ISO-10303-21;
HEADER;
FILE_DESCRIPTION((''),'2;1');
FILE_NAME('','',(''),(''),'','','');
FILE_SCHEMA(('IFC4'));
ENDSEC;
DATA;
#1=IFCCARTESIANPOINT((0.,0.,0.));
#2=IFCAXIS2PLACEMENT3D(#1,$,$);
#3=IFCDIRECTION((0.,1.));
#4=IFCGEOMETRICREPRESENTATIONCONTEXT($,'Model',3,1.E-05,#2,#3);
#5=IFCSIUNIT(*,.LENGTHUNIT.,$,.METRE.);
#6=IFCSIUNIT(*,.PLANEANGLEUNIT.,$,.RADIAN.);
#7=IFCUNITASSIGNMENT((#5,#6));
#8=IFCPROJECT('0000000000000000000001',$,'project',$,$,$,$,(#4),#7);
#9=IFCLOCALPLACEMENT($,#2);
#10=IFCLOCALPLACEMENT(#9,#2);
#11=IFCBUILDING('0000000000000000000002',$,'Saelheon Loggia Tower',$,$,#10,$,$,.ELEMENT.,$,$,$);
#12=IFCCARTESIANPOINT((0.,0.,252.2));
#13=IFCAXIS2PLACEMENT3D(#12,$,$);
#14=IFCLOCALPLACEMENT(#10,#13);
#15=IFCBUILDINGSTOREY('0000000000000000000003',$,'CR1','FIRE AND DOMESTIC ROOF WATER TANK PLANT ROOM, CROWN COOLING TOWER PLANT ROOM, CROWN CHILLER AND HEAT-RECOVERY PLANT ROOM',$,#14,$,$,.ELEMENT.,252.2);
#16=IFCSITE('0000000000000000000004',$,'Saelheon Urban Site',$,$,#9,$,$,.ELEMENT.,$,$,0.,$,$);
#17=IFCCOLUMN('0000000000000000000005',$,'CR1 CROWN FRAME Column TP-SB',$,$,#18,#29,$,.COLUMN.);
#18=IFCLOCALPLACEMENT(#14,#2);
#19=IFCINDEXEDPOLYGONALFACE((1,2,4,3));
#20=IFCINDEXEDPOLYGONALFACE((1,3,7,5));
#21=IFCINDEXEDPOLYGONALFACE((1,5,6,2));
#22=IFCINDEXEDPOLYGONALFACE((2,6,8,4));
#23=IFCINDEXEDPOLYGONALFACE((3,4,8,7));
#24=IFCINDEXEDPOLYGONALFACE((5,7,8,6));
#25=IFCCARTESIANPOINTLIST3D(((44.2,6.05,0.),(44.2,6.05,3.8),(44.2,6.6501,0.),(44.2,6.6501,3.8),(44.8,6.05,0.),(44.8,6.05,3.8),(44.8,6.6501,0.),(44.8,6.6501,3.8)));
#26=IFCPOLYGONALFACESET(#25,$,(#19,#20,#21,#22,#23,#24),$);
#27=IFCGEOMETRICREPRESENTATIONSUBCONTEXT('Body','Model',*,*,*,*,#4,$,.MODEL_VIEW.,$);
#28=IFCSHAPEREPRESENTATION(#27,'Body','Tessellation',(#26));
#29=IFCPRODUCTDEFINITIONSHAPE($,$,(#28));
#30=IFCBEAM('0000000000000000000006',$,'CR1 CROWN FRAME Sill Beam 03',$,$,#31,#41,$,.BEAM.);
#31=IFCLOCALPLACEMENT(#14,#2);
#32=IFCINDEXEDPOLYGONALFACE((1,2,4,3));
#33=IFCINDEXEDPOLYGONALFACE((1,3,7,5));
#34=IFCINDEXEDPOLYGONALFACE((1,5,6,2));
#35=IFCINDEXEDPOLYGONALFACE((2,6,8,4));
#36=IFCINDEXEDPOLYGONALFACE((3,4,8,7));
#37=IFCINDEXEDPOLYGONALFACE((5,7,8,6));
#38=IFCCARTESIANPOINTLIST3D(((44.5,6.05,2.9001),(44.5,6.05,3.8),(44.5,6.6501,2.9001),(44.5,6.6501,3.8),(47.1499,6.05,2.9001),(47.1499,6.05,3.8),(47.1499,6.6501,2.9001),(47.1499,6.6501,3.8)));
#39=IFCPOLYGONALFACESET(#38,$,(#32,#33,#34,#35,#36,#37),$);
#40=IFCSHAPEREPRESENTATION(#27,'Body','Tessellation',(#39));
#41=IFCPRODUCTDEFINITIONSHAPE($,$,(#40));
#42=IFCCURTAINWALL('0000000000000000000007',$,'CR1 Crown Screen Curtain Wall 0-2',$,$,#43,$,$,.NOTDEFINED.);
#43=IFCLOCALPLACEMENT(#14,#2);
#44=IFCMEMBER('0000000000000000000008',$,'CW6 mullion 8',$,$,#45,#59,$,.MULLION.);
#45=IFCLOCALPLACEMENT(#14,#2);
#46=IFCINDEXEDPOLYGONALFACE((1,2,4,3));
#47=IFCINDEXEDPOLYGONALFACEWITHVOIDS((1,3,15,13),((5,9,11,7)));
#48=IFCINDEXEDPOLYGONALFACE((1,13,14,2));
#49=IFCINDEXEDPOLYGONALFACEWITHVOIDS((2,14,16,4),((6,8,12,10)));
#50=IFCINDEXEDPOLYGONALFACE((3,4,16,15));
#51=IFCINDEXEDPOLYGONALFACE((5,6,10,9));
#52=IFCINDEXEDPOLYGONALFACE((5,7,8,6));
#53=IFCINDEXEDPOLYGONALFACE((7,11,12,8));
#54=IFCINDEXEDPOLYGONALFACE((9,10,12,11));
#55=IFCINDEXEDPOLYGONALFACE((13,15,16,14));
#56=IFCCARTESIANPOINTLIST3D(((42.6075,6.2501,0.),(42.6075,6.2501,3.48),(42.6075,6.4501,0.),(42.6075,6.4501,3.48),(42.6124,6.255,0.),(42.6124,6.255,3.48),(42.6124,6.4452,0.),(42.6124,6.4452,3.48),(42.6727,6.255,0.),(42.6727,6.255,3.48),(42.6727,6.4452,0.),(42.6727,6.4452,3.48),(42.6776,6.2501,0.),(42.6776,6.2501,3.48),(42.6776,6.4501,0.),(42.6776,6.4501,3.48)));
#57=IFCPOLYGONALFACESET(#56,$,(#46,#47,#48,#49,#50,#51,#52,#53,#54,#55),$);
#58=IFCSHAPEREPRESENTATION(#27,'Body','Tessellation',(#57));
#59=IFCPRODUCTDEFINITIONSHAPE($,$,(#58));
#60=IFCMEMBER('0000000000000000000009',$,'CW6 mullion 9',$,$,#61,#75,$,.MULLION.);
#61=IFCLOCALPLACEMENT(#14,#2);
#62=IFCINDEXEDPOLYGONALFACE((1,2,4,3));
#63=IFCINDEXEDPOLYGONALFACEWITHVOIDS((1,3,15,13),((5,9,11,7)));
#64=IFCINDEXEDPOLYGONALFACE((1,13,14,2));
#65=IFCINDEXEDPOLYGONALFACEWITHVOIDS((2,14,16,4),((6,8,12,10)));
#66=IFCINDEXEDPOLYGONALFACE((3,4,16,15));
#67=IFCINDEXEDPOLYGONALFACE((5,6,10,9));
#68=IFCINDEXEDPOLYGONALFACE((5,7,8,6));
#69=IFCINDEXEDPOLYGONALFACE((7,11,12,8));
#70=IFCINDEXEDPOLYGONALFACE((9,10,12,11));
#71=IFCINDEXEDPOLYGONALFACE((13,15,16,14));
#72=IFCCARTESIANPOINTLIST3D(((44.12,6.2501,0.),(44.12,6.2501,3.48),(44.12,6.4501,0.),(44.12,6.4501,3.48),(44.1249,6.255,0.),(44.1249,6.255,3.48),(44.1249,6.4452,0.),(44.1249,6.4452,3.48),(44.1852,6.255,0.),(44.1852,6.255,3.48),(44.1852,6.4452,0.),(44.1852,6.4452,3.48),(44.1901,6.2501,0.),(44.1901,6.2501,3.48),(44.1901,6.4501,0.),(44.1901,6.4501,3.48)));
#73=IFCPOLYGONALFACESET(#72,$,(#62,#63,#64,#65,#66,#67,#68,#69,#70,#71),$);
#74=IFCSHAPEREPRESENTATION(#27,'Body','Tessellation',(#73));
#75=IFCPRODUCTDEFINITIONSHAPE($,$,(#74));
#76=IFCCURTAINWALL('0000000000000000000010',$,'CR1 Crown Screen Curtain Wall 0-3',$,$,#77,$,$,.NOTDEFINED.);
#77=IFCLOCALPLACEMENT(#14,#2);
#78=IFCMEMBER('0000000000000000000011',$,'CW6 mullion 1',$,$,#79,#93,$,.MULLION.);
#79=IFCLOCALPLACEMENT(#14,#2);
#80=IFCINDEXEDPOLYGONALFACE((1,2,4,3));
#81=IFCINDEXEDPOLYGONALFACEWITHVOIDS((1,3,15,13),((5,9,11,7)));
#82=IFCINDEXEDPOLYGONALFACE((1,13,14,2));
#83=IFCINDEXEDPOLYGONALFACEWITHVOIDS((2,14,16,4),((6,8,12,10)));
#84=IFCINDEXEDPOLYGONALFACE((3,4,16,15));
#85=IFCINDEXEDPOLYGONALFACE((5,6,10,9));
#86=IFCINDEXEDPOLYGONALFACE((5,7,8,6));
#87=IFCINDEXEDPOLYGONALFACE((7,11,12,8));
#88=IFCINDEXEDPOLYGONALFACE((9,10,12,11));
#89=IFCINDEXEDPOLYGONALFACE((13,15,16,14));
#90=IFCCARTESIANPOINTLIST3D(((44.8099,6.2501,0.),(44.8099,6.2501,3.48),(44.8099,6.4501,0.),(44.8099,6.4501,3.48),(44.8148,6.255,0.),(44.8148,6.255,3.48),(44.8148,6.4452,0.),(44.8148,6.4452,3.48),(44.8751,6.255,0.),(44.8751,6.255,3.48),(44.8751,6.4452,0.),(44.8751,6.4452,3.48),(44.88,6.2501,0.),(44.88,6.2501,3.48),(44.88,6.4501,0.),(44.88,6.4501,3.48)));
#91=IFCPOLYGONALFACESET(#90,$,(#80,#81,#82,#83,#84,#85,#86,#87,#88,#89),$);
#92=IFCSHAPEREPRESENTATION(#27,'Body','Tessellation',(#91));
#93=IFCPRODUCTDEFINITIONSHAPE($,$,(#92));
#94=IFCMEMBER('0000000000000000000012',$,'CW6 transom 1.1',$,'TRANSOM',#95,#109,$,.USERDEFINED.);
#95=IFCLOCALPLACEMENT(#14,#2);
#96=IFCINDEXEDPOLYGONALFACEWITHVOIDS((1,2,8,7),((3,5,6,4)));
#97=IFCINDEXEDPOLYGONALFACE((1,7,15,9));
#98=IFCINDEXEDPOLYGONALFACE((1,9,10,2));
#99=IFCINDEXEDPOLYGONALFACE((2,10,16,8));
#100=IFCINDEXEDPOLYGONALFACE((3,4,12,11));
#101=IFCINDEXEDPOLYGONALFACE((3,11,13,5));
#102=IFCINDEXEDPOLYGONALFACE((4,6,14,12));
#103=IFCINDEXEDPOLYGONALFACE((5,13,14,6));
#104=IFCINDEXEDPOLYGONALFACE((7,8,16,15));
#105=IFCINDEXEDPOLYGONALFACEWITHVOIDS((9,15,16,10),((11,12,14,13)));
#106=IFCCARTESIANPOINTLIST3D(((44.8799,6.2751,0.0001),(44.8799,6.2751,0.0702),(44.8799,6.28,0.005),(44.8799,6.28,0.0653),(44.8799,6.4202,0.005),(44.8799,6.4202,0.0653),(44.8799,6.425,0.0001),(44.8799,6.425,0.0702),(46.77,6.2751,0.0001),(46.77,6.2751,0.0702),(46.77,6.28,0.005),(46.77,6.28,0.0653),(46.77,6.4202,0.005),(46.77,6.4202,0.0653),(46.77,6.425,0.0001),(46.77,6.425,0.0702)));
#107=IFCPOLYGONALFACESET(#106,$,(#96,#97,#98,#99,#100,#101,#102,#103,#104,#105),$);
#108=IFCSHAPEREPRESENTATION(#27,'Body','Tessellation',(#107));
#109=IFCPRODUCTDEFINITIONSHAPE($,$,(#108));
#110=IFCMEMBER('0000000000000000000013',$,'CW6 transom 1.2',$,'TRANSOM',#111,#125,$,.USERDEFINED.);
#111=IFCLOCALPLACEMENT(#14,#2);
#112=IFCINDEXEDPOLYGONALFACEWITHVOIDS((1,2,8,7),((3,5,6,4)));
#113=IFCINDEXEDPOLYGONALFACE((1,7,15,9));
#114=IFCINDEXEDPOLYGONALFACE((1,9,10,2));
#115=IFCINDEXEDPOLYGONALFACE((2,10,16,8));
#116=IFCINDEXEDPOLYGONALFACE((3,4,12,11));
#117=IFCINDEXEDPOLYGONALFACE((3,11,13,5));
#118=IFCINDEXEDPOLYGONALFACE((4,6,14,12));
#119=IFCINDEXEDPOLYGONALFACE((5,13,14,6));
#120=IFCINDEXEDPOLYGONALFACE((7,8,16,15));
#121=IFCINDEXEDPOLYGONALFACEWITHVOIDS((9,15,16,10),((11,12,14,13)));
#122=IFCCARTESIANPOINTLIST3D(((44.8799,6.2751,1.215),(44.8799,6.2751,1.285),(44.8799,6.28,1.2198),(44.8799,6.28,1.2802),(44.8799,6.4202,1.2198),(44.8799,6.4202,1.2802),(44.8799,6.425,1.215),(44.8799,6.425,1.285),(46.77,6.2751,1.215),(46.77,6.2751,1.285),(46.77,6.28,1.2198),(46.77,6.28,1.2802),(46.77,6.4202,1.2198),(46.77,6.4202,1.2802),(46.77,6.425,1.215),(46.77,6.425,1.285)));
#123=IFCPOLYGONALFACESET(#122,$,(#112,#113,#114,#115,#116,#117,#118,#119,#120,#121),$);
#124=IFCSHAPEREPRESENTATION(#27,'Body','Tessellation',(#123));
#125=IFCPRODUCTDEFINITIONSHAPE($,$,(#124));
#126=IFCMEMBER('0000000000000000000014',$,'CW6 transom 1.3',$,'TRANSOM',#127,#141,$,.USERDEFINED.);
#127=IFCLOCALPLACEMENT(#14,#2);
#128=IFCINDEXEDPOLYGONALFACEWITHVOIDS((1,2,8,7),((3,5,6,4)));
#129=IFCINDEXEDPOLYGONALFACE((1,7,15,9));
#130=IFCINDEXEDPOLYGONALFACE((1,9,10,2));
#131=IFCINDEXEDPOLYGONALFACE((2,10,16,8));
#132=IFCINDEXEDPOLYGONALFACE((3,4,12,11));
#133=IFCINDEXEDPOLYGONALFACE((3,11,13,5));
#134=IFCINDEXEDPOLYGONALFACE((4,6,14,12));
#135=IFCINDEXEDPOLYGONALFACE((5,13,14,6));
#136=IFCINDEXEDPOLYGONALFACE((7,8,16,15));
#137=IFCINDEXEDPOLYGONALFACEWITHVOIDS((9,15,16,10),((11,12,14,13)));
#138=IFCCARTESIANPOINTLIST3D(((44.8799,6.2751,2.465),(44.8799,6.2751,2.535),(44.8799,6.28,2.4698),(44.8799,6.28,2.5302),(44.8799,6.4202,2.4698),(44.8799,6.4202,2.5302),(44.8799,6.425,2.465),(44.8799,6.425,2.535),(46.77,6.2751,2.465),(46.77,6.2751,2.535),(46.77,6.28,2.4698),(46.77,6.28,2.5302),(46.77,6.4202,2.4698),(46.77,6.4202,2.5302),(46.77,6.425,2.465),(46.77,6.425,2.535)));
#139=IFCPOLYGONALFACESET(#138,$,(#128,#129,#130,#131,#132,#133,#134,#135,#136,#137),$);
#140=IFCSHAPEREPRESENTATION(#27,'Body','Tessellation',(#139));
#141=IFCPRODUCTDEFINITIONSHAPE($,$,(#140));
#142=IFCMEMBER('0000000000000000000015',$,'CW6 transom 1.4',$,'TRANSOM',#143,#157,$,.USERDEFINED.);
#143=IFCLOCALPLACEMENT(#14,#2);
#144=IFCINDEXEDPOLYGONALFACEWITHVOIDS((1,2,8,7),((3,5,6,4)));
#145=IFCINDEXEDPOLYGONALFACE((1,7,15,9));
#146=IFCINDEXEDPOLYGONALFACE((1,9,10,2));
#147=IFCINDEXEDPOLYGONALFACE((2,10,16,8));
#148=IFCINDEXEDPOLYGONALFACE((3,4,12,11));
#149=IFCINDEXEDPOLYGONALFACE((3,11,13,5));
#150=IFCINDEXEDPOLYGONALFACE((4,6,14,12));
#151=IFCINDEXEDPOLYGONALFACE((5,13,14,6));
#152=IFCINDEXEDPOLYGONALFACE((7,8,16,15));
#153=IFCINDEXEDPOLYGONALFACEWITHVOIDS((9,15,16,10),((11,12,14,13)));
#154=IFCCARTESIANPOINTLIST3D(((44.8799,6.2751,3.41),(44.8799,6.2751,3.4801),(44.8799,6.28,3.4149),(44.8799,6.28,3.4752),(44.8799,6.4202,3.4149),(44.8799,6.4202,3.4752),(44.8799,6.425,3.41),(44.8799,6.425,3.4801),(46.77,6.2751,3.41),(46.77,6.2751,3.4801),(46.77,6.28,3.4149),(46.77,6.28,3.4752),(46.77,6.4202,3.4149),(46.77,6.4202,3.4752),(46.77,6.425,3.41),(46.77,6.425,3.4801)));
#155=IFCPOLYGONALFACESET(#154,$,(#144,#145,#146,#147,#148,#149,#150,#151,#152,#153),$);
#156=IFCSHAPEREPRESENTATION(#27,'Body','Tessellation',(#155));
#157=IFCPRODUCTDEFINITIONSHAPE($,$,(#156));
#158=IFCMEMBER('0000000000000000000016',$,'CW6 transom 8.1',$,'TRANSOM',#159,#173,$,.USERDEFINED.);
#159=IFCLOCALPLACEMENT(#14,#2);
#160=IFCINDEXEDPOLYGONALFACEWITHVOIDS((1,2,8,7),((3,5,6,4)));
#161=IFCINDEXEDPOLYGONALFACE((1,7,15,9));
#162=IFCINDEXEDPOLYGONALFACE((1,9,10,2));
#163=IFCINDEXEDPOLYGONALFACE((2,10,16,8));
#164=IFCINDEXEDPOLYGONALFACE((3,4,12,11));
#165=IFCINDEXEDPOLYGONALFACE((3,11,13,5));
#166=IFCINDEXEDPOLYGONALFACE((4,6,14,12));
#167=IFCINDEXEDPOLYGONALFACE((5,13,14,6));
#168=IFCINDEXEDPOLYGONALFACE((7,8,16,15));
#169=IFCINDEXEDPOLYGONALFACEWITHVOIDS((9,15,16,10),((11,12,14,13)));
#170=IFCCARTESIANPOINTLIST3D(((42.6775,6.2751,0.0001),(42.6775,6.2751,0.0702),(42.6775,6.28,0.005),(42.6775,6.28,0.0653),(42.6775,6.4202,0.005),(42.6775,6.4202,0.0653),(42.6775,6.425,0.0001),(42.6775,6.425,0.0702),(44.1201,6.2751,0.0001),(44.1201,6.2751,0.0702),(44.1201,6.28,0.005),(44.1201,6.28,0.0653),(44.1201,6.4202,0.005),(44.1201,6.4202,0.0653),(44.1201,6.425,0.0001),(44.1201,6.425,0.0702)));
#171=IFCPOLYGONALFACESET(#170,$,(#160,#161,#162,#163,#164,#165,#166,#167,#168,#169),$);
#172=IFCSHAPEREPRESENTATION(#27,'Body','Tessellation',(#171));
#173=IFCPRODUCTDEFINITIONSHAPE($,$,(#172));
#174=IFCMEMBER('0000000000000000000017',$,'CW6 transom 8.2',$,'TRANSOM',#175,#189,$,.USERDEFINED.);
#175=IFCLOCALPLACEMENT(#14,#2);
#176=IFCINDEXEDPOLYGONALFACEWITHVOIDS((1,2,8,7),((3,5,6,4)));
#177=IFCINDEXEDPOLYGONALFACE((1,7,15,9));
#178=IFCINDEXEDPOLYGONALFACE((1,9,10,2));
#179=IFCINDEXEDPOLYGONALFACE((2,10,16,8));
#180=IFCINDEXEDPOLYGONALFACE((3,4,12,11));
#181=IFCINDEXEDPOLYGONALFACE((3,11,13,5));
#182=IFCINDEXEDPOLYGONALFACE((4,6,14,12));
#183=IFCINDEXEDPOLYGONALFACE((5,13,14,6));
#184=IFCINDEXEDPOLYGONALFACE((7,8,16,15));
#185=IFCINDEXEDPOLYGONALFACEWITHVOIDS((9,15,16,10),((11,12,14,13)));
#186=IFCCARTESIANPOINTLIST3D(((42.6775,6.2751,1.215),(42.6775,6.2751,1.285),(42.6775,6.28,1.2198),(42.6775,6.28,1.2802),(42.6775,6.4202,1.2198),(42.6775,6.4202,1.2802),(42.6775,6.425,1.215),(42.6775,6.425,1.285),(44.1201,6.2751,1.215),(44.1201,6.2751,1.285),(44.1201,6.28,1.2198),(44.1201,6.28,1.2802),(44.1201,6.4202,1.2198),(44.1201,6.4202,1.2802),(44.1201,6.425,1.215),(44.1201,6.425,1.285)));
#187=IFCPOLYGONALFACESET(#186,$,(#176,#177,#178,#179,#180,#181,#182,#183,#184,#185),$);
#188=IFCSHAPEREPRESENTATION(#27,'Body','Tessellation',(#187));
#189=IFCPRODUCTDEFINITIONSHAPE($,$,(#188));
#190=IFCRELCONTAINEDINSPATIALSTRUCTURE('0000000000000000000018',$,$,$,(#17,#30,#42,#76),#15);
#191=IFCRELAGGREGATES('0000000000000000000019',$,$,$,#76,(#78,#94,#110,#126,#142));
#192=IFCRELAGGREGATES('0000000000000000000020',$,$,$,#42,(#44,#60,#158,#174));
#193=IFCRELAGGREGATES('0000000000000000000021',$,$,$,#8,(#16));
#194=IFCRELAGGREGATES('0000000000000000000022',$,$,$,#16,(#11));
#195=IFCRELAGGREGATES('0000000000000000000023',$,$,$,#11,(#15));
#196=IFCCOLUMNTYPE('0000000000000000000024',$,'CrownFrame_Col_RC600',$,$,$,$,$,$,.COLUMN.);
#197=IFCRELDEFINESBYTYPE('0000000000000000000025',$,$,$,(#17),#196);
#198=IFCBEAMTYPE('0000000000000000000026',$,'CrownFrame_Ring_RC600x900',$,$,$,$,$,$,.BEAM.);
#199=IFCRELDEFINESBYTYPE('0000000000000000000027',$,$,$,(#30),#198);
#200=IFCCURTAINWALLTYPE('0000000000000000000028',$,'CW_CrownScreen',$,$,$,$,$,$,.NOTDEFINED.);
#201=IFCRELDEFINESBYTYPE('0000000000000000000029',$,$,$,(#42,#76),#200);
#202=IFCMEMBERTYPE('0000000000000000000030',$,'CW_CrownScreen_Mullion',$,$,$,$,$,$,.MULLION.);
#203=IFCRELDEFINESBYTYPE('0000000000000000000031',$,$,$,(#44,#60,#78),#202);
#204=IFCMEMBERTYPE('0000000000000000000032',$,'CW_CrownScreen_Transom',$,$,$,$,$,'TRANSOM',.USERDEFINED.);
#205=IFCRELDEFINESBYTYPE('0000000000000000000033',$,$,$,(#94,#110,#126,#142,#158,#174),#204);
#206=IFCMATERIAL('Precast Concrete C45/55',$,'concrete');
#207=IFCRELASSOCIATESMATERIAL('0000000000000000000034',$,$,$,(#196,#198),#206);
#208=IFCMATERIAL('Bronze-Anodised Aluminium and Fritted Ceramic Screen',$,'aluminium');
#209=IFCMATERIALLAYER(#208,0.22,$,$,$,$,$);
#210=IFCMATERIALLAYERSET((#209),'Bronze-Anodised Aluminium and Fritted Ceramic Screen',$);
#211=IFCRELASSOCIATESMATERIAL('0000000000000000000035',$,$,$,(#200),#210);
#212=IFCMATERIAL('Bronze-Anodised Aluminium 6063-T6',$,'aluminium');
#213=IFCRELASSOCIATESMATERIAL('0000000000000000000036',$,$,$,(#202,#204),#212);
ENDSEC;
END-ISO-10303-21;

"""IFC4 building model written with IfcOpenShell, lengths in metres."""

from ifc_helpers import new_model, si_unit, direction, frame, origin, origin_2d, place, context, subcontext, project, spatial, rectangle, hollow_rectangle, extrude, source, transform, mapped, material, layer, layer_set, material_profile, profile_set, type_object, element, aggregate, save


model = new_model("IFC4")

# Units and contexts
model_context = context("Model", 3, precision=1e-05, world=origin(), true_north=direction((0.0, 1.0)))
body_context = subcontext(model_context, "Body", "Model", "MODEL_VIEW")
ifc_project = project(units=[si_unit("LENGTHUNIT", "METRE"), si_unit("PLANEANGLEUNIT", "RADIAN")], contexts=[model_context])

# Site, building, storey
site_placement = place(None, origin())
site = spatial("IfcSite", under=ifc_project, at=site_placement, Name="Saelheon Urban Site", CompositionType="ELEMENT", RefElevation=0.0)
building_placement = place(site_placement, origin())
building = spatial("IfcBuilding", under=site, at=building_placement, Name="Saelheon Loggia Tower", CompositionType="ELEMENT")
storey_placement = place(building_placement, frame((0.0, 0.0, 252.2)))
storey = spatial("IfcBuildingStorey", under=building, at=storey_placement, Name="CR1", Description="FIRE AND DOMESTIC ROOF WATER TANK PLANT ROOM, CROWN COOLING TOWER PLANT ROOM, CROWN CHILLER AND HEAT-RECOVERY PLANT ROOM", CompositionType="ELEMENT", Elevation=252.2)

# Column
ifc_material_1 = material(Name="Precast Concrete C45/55", Category="concrete")
ifc_material_profile_1 = material_profile(ifc_material_1, rectangle(XDim=0.6001, YDim=0.6001, at=origin_2d()), Name="RC-600x600")
ifc_profile_set_1 = profile_set([ifc_material_profile_1], Name="Precast Concrete C45/55")
column_type = type_object("IfcColumnType", Name="CrownFrame_Col_RC600", PredefinedType="COLUMN", material=ifc_profile_set_1)
shared_shape_1 = source(origin(), body_context, "Body", "SweptSolid", [
    extrude(rectangle(XDim=0.6001, YDim=0.6001, at=origin_2d()), origin(), (0.0, 0.0, 1.0), 3.8),
])
column_placement = place(storey_placement, frame((44.5, 6.3501, 0.0), z_axis=(0.0, 0.0, 1.0), x_axis=(1.0, 0.0, 0.0)))
element("IfcColumn", 1, at=column_placement, inside=storey, type_object=column_type, Name="CR1 CROWN FRAME Column TP-SB", PredefinedType="COLUMN", context=body_context, shape_type="MappedRepresentation", body=[
    mapped(shared_shape_1, transform((0.0, 0.0, 0.0), scale=1.0)),
])

# Beam
ifc_material_profile_2 = material_profile(ifc_material_1, rectangle(XDim=0.6001, YDim=0.8999, at=origin_2d()), Name="RC-600x900")
ifc_profile_set_2 = profile_set([ifc_material_profile_2], Name="Precast Concrete C45/55")
beam_type = type_object("IfcBeamType", Name="CrownFrame_Ring_RC600x900", PredefinedType="BEAM", material=ifc_profile_set_2)
shared_shape_2 = source(origin(), body_context, "Body", "SweptSolid", [
    extrude(rectangle(XDim=0.6001, YDim=0.8999, at=origin_2d()), origin(), (0.0, 0.0, 1.0), 2.6499),
])
beam_placement = place(storey_placement, frame((44.5, 6.3501, 3.3501), z_axis=(1.0, 0.0, 0.0), x_axis=(0.0, 1.0, 0.0)))
element("IfcBeam", 2, at=beam_placement, inside=storey, type_object=beam_type, Name="CR1 CROWN FRAME Sill Beam 03", PredefinedType="BEAM", context=body_context, shape_type="MappedRepresentation", body=[
    mapped(shared_shape_2, transform((0.0, 0.0, 0.0), scale=1.0)),
])

# Curtain walls, members
ifc_material_2 = material(Name="Bronze-Anodised Aluminium and Fritted Ceramic Screen", Category="aluminium")
ifc_layer_1 = layer(ifc_material_2, 0.22)
ifc_layer_set_1 = layer_set([ifc_layer_1], Name="Bronze-Anodised Aluminium and Fritted Ceramic Screen")
curtain_wall_type = type_object("IfcCurtainWallType", Name="CW_CrownScreen", PredefinedType="NOTDEFINED", material=ifc_layer_set_1)
curtain_wall_1_placement = place(storey_placement, origin())
curtain_wall_1 = element("IfcCurtainWall", 3, at=curtain_wall_1_placement, inside=storey, type_object=curtain_wall_type, Name="CR1 Crown Screen Curtain Wall 0-2", PredefinedType="NOTDEFINED")
ifc_material_3 = material(Name="Bronze-Anodised Aluminium 6063-T6", Category="aluminium")
ifc_material_profile_3 = material_profile(ifc_material_3, hollow_rectangle(XDim=0.0701, YDim=0.2, WallThickness=0.0049, at=origin_2d()), Name="RHS-200x70x5")
ifc_profile_set_3 = profile_set([ifc_material_profile_3], Name="Bronze-Anodised Aluminium 6063-T6")
member_type_1 = type_object("IfcMemberType", Name="CW_CrownScreen_Mullion", PredefinedType="MULLION", material=ifc_profile_set_3)
shared_shape_3 = source(origin(), body_context, "Body", "SweptSolid", [
    extrude(hollow_rectangle(XDim=0.0701, YDim=0.2, WallThickness=0.0049, at=origin_2d()), origin(), (0.0, 0.0, 1.0), 3.48),
])
member_1_placement = place(storey_placement, frame((42.6426, 6.3501, 0.0), z_axis=(0.0, 0.0, 1.0), x_axis=(1.0, 0.0, 0.0)))
member_1 = element("IfcMember", 4, at=member_1_placement, type_object=member_type_1, Name="CW6 mullion 8", PredefinedType="MULLION", context=body_context, shape_type="MappedRepresentation", body=[
    mapped(shared_shape_3, transform((0.0, 0.0, 0.0), scale=1.0)),
])
member_2_placement = place(storey_placement, frame((44.155, 6.3501, 0.0), z_axis=(0.0, 0.0, 1.0), x_axis=(1.0, 0.0, 0.0)))
member_2 = element("IfcMember", 5, at=member_2_placement, type_object=member_type_1, Name="CW6 mullion 9", PredefinedType="MULLION", context=body_context, shape_type="MappedRepresentation", body=[
    mapped(shared_shape_3, transform((0.0, 0.0, 0.0), scale=1.0)),
])
curtain_wall_2_placement = place(storey_placement, origin())
curtain_wall_2 = element("IfcCurtainWall", 6, at=curtain_wall_2_placement, inside=storey, type_object=curtain_wall_type, Name="CR1 Crown Screen Curtain Wall 0-3", PredefinedType="NOTDEFINED")
member_3_placement = place(storey_placement, frame((44.845, 6.3501, 0.0), z_axis=(0.0, 0.0, 1.0), x_axis=(1.0, 0.0, 0.0)))
member_3 = element("IfcMember", 7, at=member_3_placement, type_object=member_type_1, Name="CW6 mullion 1", PredefinedType="MULLION", context=body_context, shape_type="MappedRepresentation", body=[
    mapped(shared_shape_3, transform((0.0, 0.0, 0.0), scale=1.0)),
])
ifc_material_profile_4 = material_profile(ifc_material_3, hollow_rectangle(XDim=0.0701, YDim=0.1499, WallThickness=0.0049, at=origin_2d()), Name="RHS-150x70x5")
ifc_profile_set_4 = profile_set([ifc_material_profile_4], Name="Bronze-Anodised Aluminium 6063-T6")
member_type_2 = type_object("IfcMemberType", Name="CW_CrownScreen_Transom", ElementType="TRANSOM", PredefinedType="USERDEFINED", material=ifc_profile_set_4)
shared_shape_4 = source(origin(), body_context, "Body", "SweptSolid", [
    extrude(hollow_rectangle(XDim=0.0701, YDim=0.1499, WallThickness=0.0049, at=origin_2d()), origin(), (0.0, 0.0, 1.0), 1.8901),
])
member_4_placement = place(storey_placement, frame((44.8799, 6.3501, 0.0352), z_axis=(1.0, 0.0, 0.0), x_axis=(0.0, 0.0, 1.0)))
member_4 = element("IfcMember", 8, at=member_4_placement, type_object=member_type_2, Name="CW6 transom 1.1", ObjectType="TRANSOM", PredefinedType="USERDEFINED", context=body_context, shape_type="MappedRepresentation", body=[
    mapped(shared_shape_4, transform((0.0, 0.0, 0.0), scale=1.0)),
])
member_5_placement = place(storey_placement, frame((44.8799, 6.3501, 1.25), z_axis=(1.0, 0.0, 0.0), x_axis=(0.0, 0.0, 1.0)))
member_5 = element("IfcMember", 9, at=member_5_placement, type_object=member_type_2, Name="CW6 transom 1.2", ObjectType="TRANSOM", PredefinedType="USERDEFINED", context=body_context, shape_type="MappedRepresentation", body=[
    mapped(shared_shape_4, transform((0.0, 0.0, 0.0), scale=1.0)),
])
member_6_placement = place(storey_placement, frame((44.8799, 6.3501, 2.5), z_axis=(1.0, 0.0, 0.0), x_axis=(0.0, 0.0, 1.0)))
member_6 = element("IfcMember", 10, at=member_6_placement, type_object=member_type_2, Name="CW6 transom 1.3", ObjectType="TRANSOM", PredefinedType="USERDEFINED", context=body_context, shape_type="MappedRepresentation", body=[
    mapped(shared_shape_4, transform((0.0, 0.0, 0.0), scale=1.0)),
])
member_7_placement = place(storey_placement, frame((44.8799, 6.3501, 3.4451), z_axis=(1.0, 0.0, 0.0), x_axis=(0.0, 0.0, 1.0)))
member_7 = element("IfcMember", 11, at=member_7_placement, type_object=member_type_2, Name="CW6 transom 1.4", ObjectType="TRANSOM", PredefinedType="USERDEFINED", context=body_context, shape_type="MappedRepresentation", body=[
    mapped(shared_shape_4, transform((0.0, 0.0, 0.0), scale=1.0)),
])

# Members
shared_shape_5 = source(origin(), body_context, "Body", "SweptSolid", [
    extrude(hollow_rectangle(XDim=0.0701, YDim=0.1499, WallThickness=0.0049, at=origin_2d()), origin(), (0.0, 0.0, 1.0), 1.4426),
])
member_8_placement = place(storey_placement, frame((42.6775, 6.3501, 0.0352), z_axis=(1.0, 0.0, 0.0), x_axis=(0.0, 0.0, 1.0)))
member_8 = element("IfcMember", 12, at=member_8_placement, type_object=member_type_2, Name="CW6 transom 8.1", ObjectType="TRANSOM", PredefinedType="USERDEFINED", context=body_context, shape_type="MappedRepresentation", body=[
    mapped(shared_shape_5, transform((0.0, 0.0, 0.0), scale=1.0)),
])
member_9_placement = place(storey_placement, frame((42.6775, 6.3501, 1.25), z_axis=(1.0, 0.0, 0.0), x_axis=(0.0, 0.0, 1.0)))
member_9 = element("IfcMember", 13, at=member_9_placement, type_object=member_type_2, Name="CW6 transom 8.2", ObjectType="TRANSOM", PredefinedType="USERDEFINED", context=body_context, shape_type="MappedRepresentation", body=[
    mapped(shared_shape_5, transform((0.0, 0.0, 0.0), scale=1.0)),
])

aggregate(curtain_wall_2, [member_3, member_4, member_5, member_6, member_7])
aggregate(curtain_wall_1, [member_1, member_2, member_8, member_9])

save(model, "model.ifc")
